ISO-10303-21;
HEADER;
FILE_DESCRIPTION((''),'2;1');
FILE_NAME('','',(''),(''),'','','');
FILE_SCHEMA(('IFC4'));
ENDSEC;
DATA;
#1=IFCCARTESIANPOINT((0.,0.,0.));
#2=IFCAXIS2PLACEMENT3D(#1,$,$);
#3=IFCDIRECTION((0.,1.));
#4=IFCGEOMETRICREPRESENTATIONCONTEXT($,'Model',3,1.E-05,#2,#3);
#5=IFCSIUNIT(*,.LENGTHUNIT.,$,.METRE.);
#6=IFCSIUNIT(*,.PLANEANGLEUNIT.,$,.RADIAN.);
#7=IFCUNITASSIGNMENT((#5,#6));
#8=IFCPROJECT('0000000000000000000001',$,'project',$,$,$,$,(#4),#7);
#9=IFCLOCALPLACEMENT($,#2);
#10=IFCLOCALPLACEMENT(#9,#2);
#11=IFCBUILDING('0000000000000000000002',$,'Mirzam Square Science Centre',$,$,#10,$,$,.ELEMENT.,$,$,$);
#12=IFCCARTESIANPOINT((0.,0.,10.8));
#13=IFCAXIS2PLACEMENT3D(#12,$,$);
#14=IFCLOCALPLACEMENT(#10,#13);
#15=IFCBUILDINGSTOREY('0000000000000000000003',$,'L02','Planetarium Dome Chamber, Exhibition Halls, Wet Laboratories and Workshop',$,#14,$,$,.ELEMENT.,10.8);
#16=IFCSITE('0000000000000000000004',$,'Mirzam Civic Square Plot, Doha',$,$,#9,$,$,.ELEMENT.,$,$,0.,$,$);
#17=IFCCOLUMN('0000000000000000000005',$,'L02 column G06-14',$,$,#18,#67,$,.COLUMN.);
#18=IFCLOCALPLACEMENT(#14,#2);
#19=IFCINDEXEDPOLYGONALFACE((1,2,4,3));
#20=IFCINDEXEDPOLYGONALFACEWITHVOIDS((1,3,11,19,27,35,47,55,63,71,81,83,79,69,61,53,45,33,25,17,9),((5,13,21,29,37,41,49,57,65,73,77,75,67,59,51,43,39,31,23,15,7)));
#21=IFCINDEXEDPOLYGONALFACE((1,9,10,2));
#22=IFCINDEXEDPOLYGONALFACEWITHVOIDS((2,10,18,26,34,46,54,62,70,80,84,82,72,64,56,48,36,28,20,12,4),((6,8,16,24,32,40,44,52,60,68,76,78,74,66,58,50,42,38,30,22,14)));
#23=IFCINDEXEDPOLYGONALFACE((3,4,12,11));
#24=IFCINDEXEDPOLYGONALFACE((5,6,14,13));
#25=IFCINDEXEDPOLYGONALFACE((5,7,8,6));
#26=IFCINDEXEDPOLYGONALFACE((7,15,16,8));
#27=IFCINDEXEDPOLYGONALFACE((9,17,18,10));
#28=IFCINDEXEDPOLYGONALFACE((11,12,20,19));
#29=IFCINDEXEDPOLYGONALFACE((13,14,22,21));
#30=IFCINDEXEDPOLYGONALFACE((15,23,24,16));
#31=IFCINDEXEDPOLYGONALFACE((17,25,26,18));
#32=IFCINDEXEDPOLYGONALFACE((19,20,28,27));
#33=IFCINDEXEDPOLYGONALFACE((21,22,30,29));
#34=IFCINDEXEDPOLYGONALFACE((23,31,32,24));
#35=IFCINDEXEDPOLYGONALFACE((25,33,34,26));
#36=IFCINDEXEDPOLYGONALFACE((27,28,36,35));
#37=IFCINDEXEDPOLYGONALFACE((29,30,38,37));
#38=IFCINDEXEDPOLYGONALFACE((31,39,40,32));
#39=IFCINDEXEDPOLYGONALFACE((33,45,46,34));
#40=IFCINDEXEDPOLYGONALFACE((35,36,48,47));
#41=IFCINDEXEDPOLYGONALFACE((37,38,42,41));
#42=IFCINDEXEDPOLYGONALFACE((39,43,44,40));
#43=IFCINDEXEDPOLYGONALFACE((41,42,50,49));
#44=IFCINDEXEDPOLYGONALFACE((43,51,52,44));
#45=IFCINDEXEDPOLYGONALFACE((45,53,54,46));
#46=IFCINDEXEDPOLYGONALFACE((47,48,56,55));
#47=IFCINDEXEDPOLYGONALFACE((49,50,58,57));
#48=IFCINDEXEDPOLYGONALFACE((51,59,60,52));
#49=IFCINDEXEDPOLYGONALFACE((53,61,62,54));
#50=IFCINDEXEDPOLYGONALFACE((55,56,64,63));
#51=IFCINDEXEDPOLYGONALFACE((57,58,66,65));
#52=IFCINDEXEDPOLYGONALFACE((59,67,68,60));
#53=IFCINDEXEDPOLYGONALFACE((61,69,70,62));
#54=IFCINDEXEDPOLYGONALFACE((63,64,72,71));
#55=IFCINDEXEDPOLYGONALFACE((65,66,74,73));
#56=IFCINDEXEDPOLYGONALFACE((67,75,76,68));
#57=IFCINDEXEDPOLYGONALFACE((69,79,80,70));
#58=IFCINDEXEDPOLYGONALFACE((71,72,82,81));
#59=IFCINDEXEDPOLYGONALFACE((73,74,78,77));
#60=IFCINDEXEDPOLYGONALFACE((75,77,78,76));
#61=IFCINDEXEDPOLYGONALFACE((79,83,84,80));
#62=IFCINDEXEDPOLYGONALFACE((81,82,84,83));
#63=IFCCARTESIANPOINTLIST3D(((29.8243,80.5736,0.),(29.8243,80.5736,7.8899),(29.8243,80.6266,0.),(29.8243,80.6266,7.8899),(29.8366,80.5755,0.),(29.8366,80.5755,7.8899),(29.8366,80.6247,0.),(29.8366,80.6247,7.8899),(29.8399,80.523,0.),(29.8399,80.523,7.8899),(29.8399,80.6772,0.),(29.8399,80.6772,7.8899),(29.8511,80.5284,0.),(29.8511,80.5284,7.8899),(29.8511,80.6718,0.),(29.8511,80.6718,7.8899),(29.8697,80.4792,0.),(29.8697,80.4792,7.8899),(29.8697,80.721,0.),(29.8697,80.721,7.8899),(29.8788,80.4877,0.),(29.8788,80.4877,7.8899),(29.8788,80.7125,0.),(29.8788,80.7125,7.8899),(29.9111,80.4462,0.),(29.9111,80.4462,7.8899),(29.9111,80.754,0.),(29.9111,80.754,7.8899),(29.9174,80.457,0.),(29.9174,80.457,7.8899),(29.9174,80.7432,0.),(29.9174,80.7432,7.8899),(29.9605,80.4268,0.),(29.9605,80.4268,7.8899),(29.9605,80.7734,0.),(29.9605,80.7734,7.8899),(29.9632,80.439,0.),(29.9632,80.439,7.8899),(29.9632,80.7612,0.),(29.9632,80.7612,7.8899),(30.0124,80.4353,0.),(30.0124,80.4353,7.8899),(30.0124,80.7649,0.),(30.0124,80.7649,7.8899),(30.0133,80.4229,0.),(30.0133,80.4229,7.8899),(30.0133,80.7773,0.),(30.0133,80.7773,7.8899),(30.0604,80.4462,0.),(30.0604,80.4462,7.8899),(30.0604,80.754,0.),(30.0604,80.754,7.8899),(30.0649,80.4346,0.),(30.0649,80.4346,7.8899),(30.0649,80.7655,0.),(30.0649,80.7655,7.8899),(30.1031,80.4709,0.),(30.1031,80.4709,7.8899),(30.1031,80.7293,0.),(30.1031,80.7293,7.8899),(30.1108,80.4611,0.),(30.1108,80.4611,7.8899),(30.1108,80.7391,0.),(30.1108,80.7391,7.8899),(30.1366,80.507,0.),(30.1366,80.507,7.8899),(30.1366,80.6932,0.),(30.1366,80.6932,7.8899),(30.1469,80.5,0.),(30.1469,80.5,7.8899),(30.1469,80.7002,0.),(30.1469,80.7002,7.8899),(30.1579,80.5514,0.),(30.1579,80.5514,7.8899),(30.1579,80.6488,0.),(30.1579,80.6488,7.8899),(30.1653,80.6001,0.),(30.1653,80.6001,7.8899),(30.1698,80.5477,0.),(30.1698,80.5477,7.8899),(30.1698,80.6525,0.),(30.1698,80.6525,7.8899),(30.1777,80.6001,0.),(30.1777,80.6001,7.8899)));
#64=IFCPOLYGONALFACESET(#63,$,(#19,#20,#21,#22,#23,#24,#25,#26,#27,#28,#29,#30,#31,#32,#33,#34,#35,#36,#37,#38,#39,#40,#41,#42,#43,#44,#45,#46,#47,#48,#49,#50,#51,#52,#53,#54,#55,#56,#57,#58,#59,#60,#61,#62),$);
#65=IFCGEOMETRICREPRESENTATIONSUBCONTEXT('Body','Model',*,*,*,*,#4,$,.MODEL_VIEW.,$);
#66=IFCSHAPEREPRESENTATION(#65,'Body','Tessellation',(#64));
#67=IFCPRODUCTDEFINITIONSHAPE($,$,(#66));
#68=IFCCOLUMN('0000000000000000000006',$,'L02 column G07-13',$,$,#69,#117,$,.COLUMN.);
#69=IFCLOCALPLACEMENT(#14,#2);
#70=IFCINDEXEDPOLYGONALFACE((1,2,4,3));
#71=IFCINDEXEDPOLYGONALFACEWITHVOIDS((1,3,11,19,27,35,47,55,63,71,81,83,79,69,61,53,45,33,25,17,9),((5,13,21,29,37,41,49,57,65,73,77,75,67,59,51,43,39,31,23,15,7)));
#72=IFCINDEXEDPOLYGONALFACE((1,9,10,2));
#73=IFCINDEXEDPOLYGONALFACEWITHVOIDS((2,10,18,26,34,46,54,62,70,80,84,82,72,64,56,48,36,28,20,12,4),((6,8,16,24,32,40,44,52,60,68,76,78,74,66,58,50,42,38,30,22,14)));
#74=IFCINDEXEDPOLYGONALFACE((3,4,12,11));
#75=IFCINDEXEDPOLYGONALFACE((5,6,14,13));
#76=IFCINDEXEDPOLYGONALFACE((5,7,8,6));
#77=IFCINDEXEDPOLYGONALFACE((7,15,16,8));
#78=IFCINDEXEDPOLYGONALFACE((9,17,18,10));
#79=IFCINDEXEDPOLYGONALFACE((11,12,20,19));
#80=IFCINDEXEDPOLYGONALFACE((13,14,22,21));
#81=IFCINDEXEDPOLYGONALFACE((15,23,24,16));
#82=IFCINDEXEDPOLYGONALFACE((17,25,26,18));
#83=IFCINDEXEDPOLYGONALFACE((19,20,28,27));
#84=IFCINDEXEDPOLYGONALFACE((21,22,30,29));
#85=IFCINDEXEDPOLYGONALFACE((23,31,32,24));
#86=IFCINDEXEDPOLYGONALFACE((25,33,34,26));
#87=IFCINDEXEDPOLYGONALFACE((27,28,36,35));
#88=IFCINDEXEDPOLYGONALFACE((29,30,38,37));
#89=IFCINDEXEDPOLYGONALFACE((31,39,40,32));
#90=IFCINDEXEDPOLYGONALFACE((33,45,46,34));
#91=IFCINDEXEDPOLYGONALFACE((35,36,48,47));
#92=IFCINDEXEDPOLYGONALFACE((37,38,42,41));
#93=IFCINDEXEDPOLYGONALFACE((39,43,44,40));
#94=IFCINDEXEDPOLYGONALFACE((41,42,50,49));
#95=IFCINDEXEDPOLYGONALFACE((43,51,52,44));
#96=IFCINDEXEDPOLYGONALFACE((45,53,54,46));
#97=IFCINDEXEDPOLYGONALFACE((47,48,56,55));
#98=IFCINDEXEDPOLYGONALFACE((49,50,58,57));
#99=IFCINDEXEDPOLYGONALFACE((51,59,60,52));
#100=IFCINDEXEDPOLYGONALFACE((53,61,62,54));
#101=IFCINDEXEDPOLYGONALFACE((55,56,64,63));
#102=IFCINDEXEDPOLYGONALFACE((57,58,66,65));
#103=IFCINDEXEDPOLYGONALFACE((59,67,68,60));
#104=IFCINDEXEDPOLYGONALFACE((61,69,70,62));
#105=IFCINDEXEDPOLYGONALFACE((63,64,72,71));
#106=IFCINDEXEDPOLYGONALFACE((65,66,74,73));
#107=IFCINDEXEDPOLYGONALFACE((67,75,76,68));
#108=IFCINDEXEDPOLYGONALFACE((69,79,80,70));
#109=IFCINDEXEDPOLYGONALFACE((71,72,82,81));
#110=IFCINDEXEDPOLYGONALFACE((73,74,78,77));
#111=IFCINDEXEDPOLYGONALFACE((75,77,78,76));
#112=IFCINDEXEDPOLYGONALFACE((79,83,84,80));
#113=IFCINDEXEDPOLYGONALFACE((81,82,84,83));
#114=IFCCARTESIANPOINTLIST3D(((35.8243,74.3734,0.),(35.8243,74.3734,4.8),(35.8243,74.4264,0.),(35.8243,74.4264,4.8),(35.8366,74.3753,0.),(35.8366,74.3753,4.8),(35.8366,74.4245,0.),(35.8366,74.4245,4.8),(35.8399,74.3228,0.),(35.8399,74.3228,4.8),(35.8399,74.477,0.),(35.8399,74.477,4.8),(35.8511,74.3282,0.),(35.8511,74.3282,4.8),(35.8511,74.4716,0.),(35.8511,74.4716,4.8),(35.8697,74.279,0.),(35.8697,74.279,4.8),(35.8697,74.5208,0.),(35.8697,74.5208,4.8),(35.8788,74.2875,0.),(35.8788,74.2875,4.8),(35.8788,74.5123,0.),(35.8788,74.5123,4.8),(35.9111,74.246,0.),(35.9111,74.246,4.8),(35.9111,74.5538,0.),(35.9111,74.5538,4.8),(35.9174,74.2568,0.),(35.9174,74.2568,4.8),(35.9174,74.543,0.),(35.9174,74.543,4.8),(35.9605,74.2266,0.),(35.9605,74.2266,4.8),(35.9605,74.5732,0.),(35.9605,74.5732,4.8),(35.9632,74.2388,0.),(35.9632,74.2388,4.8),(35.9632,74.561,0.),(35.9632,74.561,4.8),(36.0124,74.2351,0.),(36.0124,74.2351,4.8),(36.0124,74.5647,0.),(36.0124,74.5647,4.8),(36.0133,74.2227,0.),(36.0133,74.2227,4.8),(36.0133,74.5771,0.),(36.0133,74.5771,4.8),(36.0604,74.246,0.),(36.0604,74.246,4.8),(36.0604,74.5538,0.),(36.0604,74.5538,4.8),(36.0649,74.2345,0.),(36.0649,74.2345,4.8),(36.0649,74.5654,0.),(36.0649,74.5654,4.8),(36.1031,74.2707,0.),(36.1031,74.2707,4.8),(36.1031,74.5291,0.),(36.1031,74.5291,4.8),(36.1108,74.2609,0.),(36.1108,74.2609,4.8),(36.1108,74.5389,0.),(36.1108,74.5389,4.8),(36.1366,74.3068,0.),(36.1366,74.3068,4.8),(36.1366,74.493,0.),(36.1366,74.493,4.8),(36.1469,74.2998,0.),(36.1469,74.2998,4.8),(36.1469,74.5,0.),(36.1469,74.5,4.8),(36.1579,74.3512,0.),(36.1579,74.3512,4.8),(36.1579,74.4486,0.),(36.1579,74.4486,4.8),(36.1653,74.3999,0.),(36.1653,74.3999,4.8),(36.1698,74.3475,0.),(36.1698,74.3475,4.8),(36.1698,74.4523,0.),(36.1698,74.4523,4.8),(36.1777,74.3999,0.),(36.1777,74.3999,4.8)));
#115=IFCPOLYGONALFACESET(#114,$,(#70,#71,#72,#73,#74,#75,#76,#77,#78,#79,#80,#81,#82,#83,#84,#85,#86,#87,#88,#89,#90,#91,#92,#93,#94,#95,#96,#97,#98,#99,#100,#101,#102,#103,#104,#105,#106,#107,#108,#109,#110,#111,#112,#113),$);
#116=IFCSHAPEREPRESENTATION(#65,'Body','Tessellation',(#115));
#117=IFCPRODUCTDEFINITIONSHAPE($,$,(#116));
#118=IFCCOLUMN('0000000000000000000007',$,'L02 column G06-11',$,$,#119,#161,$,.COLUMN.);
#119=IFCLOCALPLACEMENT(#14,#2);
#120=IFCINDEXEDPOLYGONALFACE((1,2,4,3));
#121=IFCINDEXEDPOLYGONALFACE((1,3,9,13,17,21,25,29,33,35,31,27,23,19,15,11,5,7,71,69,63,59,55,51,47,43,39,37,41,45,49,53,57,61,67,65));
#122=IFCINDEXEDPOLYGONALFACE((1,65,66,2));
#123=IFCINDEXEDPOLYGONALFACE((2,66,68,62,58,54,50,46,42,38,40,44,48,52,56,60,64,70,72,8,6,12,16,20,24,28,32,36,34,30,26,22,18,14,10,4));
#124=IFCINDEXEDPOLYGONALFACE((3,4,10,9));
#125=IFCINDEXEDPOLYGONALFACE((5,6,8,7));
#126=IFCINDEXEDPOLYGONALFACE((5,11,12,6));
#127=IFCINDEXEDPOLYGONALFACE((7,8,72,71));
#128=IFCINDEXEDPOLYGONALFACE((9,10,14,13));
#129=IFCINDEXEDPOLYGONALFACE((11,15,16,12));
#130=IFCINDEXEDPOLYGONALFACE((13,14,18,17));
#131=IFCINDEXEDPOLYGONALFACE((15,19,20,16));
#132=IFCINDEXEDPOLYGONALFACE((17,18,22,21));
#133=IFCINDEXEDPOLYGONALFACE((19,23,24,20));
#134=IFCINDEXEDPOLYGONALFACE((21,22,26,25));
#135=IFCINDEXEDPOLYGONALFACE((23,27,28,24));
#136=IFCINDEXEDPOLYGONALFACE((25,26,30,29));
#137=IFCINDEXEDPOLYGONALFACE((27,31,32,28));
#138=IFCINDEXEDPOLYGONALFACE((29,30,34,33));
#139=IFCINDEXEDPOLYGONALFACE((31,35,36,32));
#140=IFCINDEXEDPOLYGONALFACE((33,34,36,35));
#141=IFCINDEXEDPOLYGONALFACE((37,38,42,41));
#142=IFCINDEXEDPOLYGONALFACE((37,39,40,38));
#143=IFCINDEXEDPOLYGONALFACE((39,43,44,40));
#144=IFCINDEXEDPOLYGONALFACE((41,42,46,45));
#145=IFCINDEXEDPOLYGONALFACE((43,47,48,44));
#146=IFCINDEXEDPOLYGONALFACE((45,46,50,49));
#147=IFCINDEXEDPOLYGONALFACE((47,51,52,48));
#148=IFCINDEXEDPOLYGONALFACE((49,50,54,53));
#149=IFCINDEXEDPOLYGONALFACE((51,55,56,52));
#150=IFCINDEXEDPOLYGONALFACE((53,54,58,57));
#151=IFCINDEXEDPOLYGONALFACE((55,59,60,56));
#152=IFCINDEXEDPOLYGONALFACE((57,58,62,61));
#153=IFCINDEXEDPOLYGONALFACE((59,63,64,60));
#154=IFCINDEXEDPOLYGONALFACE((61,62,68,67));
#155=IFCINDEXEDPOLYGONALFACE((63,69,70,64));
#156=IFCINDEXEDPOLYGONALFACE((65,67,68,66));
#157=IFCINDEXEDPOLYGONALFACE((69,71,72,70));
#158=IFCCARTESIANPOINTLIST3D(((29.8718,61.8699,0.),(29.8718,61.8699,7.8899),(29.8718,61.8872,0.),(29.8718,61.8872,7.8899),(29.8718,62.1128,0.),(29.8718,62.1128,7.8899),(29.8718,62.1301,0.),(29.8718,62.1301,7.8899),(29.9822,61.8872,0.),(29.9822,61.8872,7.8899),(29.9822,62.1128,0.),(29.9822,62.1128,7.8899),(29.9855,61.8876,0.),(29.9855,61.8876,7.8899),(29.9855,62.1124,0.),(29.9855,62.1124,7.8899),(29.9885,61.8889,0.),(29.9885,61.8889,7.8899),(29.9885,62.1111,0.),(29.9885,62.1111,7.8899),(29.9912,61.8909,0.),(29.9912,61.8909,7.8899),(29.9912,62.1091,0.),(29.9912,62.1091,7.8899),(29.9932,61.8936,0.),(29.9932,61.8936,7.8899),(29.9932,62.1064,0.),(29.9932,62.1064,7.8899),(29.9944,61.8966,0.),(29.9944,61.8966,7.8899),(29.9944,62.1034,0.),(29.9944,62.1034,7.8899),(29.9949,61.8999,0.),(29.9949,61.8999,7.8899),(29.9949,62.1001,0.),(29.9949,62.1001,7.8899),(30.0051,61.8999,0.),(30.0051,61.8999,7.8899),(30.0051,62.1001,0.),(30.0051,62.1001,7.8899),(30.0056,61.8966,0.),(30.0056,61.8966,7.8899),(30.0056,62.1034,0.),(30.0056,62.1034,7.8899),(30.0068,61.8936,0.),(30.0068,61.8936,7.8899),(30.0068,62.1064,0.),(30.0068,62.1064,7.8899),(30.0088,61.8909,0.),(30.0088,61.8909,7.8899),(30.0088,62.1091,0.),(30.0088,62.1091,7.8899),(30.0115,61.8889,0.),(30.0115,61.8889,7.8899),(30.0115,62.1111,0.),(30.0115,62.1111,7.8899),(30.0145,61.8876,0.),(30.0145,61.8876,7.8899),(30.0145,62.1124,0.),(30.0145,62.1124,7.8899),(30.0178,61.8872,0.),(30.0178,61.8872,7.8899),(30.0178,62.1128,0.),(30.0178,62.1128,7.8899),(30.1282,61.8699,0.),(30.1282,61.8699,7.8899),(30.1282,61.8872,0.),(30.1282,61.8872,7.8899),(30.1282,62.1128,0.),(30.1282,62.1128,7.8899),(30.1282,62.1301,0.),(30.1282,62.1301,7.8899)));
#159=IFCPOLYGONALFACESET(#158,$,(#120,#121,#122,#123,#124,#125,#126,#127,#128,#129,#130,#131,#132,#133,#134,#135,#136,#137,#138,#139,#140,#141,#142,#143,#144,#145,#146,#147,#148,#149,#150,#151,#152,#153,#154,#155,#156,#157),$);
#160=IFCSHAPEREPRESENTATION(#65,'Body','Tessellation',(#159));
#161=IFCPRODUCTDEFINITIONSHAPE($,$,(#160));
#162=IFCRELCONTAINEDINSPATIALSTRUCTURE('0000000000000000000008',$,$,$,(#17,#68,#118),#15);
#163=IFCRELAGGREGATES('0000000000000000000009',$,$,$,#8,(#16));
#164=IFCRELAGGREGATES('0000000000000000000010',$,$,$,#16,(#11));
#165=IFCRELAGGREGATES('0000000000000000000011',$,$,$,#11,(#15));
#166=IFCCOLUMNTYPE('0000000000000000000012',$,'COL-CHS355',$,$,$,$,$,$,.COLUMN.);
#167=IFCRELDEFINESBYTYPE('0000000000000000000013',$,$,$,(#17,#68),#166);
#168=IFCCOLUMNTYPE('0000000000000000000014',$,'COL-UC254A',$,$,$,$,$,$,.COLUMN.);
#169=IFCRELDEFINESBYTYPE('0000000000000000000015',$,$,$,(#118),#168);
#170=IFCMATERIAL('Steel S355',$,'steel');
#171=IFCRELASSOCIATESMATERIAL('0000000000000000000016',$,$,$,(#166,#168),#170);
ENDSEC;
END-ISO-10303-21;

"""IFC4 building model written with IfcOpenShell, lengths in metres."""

from ifc_helpers import new_model, si_unit, direction, frame, origin, origin_2d, place, context, subcontext, project, spatial, hollow_circle, i_section, extrude, material, material_profile, profile_set, type_object, element, save


model = new_model("IFC4")

# Units and contexts
model_context = context("Model", 3, precision=1e-05, world=origin(), true_north=direction((0.0, 1.0)))
body_context = subcontext(model_context, "Body", "Model", "MODEL_VIEW")
ifc_project = project(units=[si_unit("LENGTHUNIT", "METRE"), si_unit("PLANEANGLEUNIT", "RADIAN")], contexts=[model_context])

# Site, building, storey
site_placement = place(None, origin())
site = spatial("IfcSite", under=ifc_project, at=site_placement, Name="Mirzam Civic Square Plot, Doha", CompositionType="ELEMENT", RefElevation=0.0)
building_placement = place(site_placement, origin())
building = spatial("IfcBuilding", under=site, at=building_placement, Name="Mirzam Square Science Centre", CompositionType="ELEMENT")
storey_placement = place(building_placement, frame((0.0, 0.0, 10.8)))
storey = spatial("IfcBuildingStorey", under=building, at=storey_placement, Name="L02", Description="Planetarium Dome Chamber, Exhibition Halls, Wet Laboratories and Workshop", CompositionType="ELEMENT", Elevation=10.8)

# Columns
ifc_material_1 = material(Name="Steel S355", Category="steel")
ifc_material_profile_1 = material_profile(ifc_material_1, hollow_circle(Radius=0.1777, WallThickness=0.0125, at=origin_2d()), Name="355.6x12.5CHS")
ifc_profile_set_1 = profile_set([ifc_material_profile_1], Name="Steel S355")
column_type_1 = type_object("IfcColumnType", Name="COL-CHS355", PredefinedType="COLUMN", material=ifc_profile_set_1)
column_1_placement = place(storey_placement, frame((30.0, 80.6001, 0.0), z_axis=(0.0, 0.0, 1.0), x_axis=(1.0, 0.0, 0.0)))
element("IfcColumn", 1, at=column_1_placement, inside=storey, type_object=column_type_1, Name="L02 column G06-14", PredefinedType="COLUMN", context=body_context, shape_type="SweptSolid", body=[
    extrude(hollow_circle(Radius=0.1777, WallThickness=0.0125, at=origin_2d()), origin(), (0.0, 0.0, 1.0), 7.8899),
])
column_2_placement = place(storey_placement, frame((36.0, 74.3999, 0.0), z_axis=(0.0, 0.0, 1.0), x_axis=(1.0, 0.0, 0.0)))
element("IfcColumn", 2, at=column_2_placement, inside=storey, type_object=column_type_1, Name="L02 column G07-13", PredefinedType="COLUMN", context=body_context, shape_type="SweptSolid", body=[
    extrude(hollow_circle(Radius=0.1777, WallThickness=0.0125, at=origin_2d()), origin(), (0.0, 0.0, 1.0), 4.8),
])
ifc_material_profile_2 = material_profile(ifc_material_1, i_section(OverallWidth=0.2563, OverallDepth=0.2603, WebThickness=0.0103, FlangeThickness=0.0173, FilletRadius=0.0127, at=origin_2d()), Name="254x254x89UC")
ifc_profile_set_2 = profile_set([ifc_material_profile_2], Name="Steel S355")
column_type_2 = type_object("IfcColumnType", Name="COL-UC254A", PredefinedType="COLUMN", material=ifc_profile_set_2)
column_3_placement = place(storey_placement, frame((30.0, 62.0, 0.0), z_axis=(0.0, 0.0, 1.0), x_axis=(1.0, 0.0, 0.0)))
element("IfcColumn", 3, at=column_3_placement, inside=storey, type_object=column_type_2, Name="L02 column G06-11", PredefinedType="COLUMN", context=body_context, shape_type="SweptSolid", body=[
    extrude(i_section(OverallWidth=0.2563, OverallDepth=0.2603, WebThickness=0.0103, FlangeThickness=0.0173, FilletRadius=0.0127, at=origin_2d()), origin(), (0.0, 0.0, 1.0), 7.8899),
])

save(model, "model.ifc")
